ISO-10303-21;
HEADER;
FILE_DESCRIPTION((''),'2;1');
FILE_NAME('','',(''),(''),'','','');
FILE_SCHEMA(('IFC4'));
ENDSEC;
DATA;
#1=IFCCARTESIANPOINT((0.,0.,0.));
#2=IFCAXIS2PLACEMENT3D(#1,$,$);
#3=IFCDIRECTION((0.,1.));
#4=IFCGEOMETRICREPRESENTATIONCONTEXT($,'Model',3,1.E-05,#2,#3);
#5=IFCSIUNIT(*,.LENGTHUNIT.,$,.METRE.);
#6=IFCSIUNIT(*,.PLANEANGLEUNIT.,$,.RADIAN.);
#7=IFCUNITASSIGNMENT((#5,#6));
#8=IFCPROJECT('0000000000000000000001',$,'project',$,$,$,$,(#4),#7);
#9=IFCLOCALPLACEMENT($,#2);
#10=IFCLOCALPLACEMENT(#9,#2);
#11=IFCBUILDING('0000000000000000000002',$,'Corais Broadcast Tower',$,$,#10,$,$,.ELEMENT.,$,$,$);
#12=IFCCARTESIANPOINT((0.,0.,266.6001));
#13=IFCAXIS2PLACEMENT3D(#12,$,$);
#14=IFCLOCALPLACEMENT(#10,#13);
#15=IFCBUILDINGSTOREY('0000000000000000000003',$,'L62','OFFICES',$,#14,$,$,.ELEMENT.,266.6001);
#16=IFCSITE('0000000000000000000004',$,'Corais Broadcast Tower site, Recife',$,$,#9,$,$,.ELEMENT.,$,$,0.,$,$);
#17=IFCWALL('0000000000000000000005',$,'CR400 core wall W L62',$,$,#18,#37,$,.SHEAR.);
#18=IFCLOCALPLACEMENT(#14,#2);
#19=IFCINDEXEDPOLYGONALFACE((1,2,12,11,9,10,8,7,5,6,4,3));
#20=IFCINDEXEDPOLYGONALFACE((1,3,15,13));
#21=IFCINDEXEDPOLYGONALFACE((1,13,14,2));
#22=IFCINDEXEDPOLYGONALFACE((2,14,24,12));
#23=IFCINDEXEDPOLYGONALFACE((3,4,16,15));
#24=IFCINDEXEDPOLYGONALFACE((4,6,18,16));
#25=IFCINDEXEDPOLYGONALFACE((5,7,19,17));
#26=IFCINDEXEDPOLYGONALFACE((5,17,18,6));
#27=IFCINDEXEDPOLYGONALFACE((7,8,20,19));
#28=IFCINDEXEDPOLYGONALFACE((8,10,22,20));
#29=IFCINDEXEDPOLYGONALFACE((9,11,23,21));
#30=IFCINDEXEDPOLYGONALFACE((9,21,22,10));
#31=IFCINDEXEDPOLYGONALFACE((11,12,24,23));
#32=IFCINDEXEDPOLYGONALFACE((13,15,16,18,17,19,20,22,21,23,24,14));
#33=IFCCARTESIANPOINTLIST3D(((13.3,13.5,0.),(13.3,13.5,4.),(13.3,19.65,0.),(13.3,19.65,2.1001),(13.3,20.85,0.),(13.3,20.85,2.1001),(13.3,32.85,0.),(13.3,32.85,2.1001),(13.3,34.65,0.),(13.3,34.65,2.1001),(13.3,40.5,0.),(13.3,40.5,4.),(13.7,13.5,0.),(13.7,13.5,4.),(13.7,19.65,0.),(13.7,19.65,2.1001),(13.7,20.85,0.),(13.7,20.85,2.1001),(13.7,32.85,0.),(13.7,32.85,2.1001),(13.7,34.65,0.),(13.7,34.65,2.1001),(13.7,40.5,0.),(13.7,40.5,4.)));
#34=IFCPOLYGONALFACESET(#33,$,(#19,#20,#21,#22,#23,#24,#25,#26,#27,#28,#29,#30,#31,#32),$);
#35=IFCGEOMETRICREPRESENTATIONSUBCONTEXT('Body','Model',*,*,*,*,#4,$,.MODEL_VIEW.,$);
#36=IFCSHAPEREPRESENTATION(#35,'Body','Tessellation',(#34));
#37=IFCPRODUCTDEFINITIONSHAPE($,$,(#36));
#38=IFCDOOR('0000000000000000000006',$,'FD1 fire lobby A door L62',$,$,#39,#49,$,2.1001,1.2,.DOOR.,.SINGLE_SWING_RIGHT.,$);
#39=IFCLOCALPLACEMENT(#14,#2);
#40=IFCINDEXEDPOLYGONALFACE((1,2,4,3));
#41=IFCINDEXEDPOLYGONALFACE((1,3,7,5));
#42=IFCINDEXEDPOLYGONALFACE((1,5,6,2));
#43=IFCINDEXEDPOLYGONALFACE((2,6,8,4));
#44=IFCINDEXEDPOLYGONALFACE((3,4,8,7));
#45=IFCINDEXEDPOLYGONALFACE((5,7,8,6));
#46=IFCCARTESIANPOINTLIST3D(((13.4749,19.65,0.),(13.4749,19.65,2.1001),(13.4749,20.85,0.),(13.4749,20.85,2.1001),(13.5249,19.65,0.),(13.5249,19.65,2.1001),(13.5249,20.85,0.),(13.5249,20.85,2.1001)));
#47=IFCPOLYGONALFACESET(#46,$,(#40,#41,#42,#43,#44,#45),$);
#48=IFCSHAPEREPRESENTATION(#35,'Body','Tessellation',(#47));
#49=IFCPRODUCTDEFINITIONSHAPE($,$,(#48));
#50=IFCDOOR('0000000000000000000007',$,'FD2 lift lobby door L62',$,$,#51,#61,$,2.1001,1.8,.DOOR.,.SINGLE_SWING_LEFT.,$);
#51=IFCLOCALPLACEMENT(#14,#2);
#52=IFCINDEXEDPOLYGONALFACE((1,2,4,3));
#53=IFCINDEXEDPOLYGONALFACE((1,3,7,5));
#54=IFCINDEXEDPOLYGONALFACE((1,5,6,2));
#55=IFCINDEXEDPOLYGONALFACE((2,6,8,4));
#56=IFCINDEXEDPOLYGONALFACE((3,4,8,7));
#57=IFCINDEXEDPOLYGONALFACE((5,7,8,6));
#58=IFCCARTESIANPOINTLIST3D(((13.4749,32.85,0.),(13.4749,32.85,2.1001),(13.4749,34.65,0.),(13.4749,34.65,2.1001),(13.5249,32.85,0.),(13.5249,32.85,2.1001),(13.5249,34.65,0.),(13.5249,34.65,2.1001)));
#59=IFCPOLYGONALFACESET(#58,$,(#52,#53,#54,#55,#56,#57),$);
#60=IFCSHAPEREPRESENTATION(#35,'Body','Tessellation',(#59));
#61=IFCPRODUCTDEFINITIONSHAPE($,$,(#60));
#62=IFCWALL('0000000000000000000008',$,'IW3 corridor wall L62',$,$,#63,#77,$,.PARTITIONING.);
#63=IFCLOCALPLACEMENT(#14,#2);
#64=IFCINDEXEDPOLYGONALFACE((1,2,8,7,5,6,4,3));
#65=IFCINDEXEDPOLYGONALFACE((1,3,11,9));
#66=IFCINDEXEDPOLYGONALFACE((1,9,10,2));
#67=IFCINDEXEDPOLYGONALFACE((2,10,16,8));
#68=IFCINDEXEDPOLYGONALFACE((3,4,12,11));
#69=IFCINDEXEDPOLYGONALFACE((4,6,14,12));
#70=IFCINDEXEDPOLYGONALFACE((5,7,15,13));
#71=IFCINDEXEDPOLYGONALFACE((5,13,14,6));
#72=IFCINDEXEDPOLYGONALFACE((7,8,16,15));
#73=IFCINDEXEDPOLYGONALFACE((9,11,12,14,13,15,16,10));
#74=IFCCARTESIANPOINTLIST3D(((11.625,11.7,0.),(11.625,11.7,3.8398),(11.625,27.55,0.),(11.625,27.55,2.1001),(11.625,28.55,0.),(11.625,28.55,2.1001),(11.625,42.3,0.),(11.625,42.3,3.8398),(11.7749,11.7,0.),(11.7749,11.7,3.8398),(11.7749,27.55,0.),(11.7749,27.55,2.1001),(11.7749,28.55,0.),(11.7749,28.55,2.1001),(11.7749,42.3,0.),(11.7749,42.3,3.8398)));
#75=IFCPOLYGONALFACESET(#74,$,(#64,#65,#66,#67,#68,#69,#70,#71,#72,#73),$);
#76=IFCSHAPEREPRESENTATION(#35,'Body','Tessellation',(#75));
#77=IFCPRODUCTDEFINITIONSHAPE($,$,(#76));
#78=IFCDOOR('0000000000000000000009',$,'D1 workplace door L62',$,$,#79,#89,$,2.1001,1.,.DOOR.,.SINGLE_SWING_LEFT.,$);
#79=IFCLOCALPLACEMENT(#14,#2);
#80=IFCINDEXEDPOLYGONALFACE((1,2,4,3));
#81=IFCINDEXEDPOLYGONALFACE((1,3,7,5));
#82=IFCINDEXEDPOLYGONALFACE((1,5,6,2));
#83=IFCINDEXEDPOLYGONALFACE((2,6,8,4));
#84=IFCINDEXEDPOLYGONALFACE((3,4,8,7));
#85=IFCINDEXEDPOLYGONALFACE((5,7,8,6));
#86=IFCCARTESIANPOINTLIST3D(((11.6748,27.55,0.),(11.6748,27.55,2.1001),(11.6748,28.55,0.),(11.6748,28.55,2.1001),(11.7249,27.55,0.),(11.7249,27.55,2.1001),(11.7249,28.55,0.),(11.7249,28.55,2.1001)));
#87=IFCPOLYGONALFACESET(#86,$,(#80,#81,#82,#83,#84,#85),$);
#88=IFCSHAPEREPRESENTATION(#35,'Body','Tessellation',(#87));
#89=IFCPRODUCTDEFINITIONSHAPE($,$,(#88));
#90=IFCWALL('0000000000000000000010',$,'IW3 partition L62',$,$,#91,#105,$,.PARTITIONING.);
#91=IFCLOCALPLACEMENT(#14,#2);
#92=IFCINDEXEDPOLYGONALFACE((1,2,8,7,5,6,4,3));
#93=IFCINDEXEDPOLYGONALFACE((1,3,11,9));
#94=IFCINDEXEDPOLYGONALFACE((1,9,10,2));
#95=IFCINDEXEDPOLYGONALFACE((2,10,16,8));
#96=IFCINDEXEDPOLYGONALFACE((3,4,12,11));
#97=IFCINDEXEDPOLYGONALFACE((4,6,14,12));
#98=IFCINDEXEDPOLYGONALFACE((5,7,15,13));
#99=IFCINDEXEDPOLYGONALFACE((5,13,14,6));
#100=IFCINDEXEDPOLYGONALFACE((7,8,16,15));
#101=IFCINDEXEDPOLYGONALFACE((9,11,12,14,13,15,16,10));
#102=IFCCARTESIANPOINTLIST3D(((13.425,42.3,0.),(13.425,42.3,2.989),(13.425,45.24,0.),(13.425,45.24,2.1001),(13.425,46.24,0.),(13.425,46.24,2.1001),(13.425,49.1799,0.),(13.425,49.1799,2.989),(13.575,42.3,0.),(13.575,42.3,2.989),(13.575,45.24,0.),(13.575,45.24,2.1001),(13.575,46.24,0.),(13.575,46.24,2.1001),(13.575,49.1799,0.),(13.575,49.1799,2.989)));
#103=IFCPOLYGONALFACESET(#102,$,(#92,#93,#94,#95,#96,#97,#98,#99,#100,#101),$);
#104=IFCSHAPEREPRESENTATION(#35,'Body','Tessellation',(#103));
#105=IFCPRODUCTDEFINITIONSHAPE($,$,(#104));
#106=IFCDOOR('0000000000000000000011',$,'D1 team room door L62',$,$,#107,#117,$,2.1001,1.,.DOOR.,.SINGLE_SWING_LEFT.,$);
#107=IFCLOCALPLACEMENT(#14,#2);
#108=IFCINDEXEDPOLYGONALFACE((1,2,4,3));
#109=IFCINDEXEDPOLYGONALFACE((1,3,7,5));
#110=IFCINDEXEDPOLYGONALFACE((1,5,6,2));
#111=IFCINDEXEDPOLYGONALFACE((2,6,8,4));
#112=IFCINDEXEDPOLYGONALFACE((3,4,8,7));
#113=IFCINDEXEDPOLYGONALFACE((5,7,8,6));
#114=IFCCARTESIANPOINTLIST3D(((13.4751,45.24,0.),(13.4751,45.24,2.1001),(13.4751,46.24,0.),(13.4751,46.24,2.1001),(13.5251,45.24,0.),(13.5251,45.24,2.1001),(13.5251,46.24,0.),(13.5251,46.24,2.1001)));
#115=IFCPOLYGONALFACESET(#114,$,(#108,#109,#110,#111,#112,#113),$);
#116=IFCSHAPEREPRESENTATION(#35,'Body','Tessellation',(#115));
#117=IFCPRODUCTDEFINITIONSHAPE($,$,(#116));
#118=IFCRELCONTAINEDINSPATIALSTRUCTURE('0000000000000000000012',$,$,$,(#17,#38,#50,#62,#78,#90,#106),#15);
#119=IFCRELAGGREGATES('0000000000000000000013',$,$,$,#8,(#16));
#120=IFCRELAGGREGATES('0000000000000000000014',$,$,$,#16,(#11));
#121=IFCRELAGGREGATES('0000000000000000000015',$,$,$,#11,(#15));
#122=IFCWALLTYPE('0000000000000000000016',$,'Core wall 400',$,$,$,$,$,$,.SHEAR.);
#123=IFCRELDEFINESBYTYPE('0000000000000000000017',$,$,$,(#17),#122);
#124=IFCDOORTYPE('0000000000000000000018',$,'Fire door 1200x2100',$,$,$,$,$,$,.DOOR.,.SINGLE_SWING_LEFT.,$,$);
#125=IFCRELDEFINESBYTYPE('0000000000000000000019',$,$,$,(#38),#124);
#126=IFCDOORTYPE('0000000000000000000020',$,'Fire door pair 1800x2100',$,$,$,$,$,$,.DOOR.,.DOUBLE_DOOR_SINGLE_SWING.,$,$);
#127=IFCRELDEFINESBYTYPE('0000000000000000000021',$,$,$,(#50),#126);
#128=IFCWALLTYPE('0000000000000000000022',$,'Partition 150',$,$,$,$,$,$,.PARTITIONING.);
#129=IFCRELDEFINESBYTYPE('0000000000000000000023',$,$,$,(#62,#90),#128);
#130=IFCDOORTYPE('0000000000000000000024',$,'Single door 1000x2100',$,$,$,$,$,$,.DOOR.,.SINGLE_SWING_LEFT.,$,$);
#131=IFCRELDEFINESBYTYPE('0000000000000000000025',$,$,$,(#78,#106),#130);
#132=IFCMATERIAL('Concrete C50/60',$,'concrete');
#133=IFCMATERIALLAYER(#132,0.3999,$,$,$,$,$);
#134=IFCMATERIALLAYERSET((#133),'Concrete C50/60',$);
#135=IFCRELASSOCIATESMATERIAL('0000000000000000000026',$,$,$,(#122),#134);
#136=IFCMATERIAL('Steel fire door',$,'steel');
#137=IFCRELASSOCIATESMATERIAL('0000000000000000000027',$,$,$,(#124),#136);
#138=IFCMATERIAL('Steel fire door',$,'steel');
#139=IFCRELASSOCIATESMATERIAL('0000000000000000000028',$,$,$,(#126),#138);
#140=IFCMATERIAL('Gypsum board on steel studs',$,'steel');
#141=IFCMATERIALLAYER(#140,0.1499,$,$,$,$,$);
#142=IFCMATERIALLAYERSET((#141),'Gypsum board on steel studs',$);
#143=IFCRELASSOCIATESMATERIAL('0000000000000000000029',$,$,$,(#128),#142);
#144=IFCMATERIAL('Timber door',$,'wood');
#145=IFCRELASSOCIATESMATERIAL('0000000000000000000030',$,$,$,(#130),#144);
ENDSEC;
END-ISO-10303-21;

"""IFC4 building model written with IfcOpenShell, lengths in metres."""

from ifc_helpers import new_model, si_unit, direction, frame, frame_2d, origin, place, context, subcontext, project, spatial, rectangle, extrude, material, layer, layer_set, type_object, element, fill, save


model = new_model("IFC4")

# Units and contexts
model_context = context("Model", 3, precision=1e-05, world=origin(), true_north=direction((0.0, 1.0)))
body_context = subcontext(model_context, "Body", "Model", "MODEL_VIEW")
ifc_project = project(units=[si_unit("LENGTHUNIT", "METRE"), si_unit("PLANEANGLEUNIT", "RADIAN")], contexts=[model_context])

# Site, building, storey
site_placement = place(None, origin())
site = spatial("IfcSite", under=ifc_project, at=site_placement, Name="Corais Broadcast Tower site, Recife", CompositionType="ELEMENT", RefElevation=0.0)
building_placement = place(site_placement, origin())
building = spatial("IfcBuilding", under=site, at=building_placement, Name="Corais Broadcast Tower", CompositionType="ELEMENT")
storey_placement = place(building_placement, frame((0.0, 0.0, 266.6001)))
storey = spatial("IfcBuildingStorey", under=building, at=storey_placement, Name="L62", Description="OFFICES", CompositionType="ELEMENT", Elevation=266.6001)

# Wall, openings, doors
ifc_material_1 = material(Name="Concrete C50/60", Category="concrete")
ifc_layer_1 = layer(ifc_material_1, 0.3999)
ifc_layer_set_1 = layer_set([ifc_layer_1], Name="Concrete C50/60")
wall_type_1 = type_object("IfcWallType", Name="Core wall 400", PredefinedType="SHEAR", material=ifc_layer_set_1)
wall_1_placement = place(storey_placement, frame((13.5, 40.5, 0.0), z_axis=(0.0, 0.0, 1.0), x_axis=(0.0, -1.0, 0.0)))
wall_1 = element("IfcWall", 1, at=wall_1_placement, inside=storey, type_object=wall_type_1, Name="CR400 core wall W L62", PredefinedType="SHEAR", context=body_context, shape_type="SweptSolid", body=[
    extrude(rectangle(XDim=27.0, YDim=0.3999, at=frame_2d((13.5, 0.0))), origin(), (0.0, 0.0, 1.0), 4.0),
])
opening_1_placement = place(wall_1_placement, frame((19.6499, 0.0, 0.0)))
opening_1 = element("IfcOpeningElement", 2, at=opening_1_placement, cuts=wall_1, PredefinedType="OPENING", context=body_context, shape_type="SweptSolid", body=[
    extrude(rectangle(XDim=1.2, YDim=2.1001, at=frame_2d((0.6001, 1.05))), frame((0.0, 0.21, 0.0), z_axis=(0.0, -1.0, 0.0), x_axis=(1.0, 0.0, 0.0)), (0.0, 0.0, 1.0), 0.4199),
])
opening_2_placement = place(wall_1_placement, frame((5.8501, 0.0, 0.0)))
opening_2 = element("IfcOpeningElement", 3, at=opening_2_placement, cuts=wall_1, PredefinedType="OPENING", context=body_context, shape_type="SweptSolid", body=[
    extrude(rectangle(XDim=1.8, YDim=2.1001, at=frame_2d((0.8999, 1.05))), frame((0.0, 0.21, 0.0), z_axis=(0.0, -1.0, 0.0), x_axis=(1.0, 0.0, 0.0)), (0.0, 0.0, 1.0), 0.4199),
])
ifc_material_2 = material(Name="Steel fire door", Category="steel")
door_type_1 = type_object("IfcDoorType", Name="Fire door 1200x2100", OperationType="SINGLE_SWING_LEFT", PredefinedType="DOOR", material=ifc_material_2)
door_1_placement = place(opening_1_placement, origin())
door_1 = element("IfcDoor", 4, at=door_1_placement, inside=storey, type_object=door_type_1, Name="FD1 fire lobby A door L62", OperationType="SINGLE_SWING_RIGHT", OverallHeight=2.1001, OverallWidth=1.2, PredefinedType="DOOR", context=body_context, shape_type="SweptSolid", body=[
    extrude(rectangle(XDim=1.2, YDim=2.1001, at=frame_2d((0.6001, 1.05))), frame((0.0, 0.0249, 0.0), z_axis=(0.0, -1.0, 0.0), x_axis=(1.0, 0.0, 0.0)), (0.0, 0.0, 1.0), 0.05),
])
fill(opening_1, door_1)
ifc_material_3 = material(Name="Steel fire door", Category="steel")
door_type_2 = type_object("IfcDoorType", Name="Fire door pair 1800x2100", OperationType="DOUBLE_DOOR_SINGLE_SWING", PredefinedType="DOOR", material=ifc_material_3)
door_2_placement = place(opening_2_placement, origin())
door_2 = element("IfcDoor", 5, at=door_2_placement, inside=storey, type_object=door_type_2, Name="FD2 lift lobby door L62", OperationType="SINGLE_SWING_LEFT", OverallHeight=2.1001, OverallWidth=1.8, PredefinedType="DOOR", context=body_context, shape_type="SweptSolid", body=[
    extrude(rectangle(XDim=1.8, YDim=2.1001, at=frame_2d((0.8999, 1.05))), frame((0.0, 0.0249, 0.0), z_axis=(0.0, -1.0, 0.0), x_axis=(1.0, 0.0, 0.0)), (0.0, 0.0, 1.0), 0.05),
])
fill(opening_2, door_2)

# Walls, openings, doors
ifc_material_4 = material(Name="Gypsum board on steel studs", Category="steel")
ifc_layer_2 = layer(ifc_material_4, 0.1499)
ifc_layer_set_2 = layer_set([ifc_layer_2], Name="Gypsum board on steel studs")
wall_type_2 = type_object("IfcWallType", Name="Partition 150", PredefinedType="PARTITIONING", material=ifc_layer_set_2)
wall_2_placement = place(storey_placement, frame((11.7, 42.3, 0.0), z_axis=(0.0, 0.0, 1.0), x_axis=(0.0, -1.0, 0.0)))
wall_2 = element("IfcWall", 6, at=wall_2_placement, inside=storey, type_object=wall_type_2, Name="IW3 corridor wall L62", PredefinedType="PARTITIONING", context=body_context, shape_type="SweptSolid", body=[
    extrude(rectangle(XDim=30.6001, YDim=0.1499, at=frame_2d((15.3, 0.0))), origin(), (0.0, 0.0, 1.0), 3.8398),
])
opening_3_placement = place(wall_2_placement, frame((13.75, 0.0, 0.0)))
opening_3 = element("IfcOpeningElement", 7, at=opening_3_placement, cuts=wall_2, PredefinedType="OPENING", context=body_context, shape_type="SweptSolid", body=[
    extrude(rectangle(XDim=1.0, YDim=2.1001, at=frame_2d((0.5, 1.05))), frame((0.0, 0.085, 0.0), z_axis=(0.0, -1.0, 0.0), x_axis=(1.0, 0.0, 0.0)), (0.0, 0.0, 1.0), 0.1699),
])
ifc_material_5 = material(Name="Timber door", Category="wood")
door_type_3 = type_object("IfcDoorType", Name="Single door 1000x2100", OperationType="SINGLE_SWING_LEFT", PredefinedType="DOOR", material=ifc_material_5)
door_3_placement = place(opening_3_placement, origin())
door_3 = element("IfcDoor", 8, at=door_3_placement, inside=storey, type_object=door_type_3, Name="D1 workplace door L62", OperationType="SINGLE_SWING_LEFT", OverallHeight=2.1001, OverallWidth=1.0, PredefinedType="DOOR", context=body_context, shape_type="SweptSolid", body=[
    extrude(rectangle(XDim=1.0, YDim=2.1001, at=frame_2d((0.5, 1.05))), frame((0.0, 0.0249, 0.0), z_axis=(0.0, -1.0, 0.0), x_axis=(1.0, 0.0, 0.0)), (0.0, 0.0, 1.0), 0.05),
])
fill(opening_3, door_3)
wall_3_placement = place(storey_placement, frame((13.5, 42.3, 0.0), z_axis=(0.0, 0.0, 1.0), x_axis=(0.0, 1.0, 0.0)))
wall_3 = element("IfcWall", 9, at=wall_3_placement, inside=storey, type_object=wall_type_2, Name="IW3 partition L62", PredefinedType="PARTITIONING", context=body_context, shape_type="SweptSolid", body=[
    extrude(rectangle(XDim=6.8799, YDim=0.1499, at=frame_2d((3.4399, 0.0))), origin(), (0.0, 0.0, 1.0), 2.989),
])
opening_4_placement = place(wall_3_placement, frame((2.9399, 0.0, 0.0)))
opening_4 = element("IfcOpeningElement", 10, at=opening_4_placement, cuts=wall_3, PredefinedType="OPENING", context=body_context, shape_type="SweptSolid", body=[
    extrude(rectangle(XDim=1.0, YDim=2.1001, at=frame_2d((0.5, 1.05))), frame((0.0, 0.085, 0.0), z_axis=(0.0, -1.0, 0.0), x_axis=(1.0, 0.0, 0.0)), (0.0, 0.0, 1.0), 0.1699),
])
door_4_placement = place(opening_4_placement, origin())
door_4 = element("IfcDoor", 11, at=door_4_placement, inside=storey, type_object=door_type_3, Name="D1 team room door L62", OperationType="SINGLE_SWING_LEFT", OverallHeight=2.1001, OverallWidth=1.0, PredefinedType="DOOR", context=body_context, shape_type="SweptSolid", body=[
    extrude(rectangle(XDim=1.0, YDim=2.1001, at=frame_2d((0.5, 1.05))), frame((0.0, 0.0249, 0.0), z_axis=(0.0, -1.0, 0.0), x_axis=(1.0, 0.0, 0.0)), (0.0, 0.0, 1.0), 0.05),
])
fill(opening_4, door_4)

save(model, "model.ifc")
